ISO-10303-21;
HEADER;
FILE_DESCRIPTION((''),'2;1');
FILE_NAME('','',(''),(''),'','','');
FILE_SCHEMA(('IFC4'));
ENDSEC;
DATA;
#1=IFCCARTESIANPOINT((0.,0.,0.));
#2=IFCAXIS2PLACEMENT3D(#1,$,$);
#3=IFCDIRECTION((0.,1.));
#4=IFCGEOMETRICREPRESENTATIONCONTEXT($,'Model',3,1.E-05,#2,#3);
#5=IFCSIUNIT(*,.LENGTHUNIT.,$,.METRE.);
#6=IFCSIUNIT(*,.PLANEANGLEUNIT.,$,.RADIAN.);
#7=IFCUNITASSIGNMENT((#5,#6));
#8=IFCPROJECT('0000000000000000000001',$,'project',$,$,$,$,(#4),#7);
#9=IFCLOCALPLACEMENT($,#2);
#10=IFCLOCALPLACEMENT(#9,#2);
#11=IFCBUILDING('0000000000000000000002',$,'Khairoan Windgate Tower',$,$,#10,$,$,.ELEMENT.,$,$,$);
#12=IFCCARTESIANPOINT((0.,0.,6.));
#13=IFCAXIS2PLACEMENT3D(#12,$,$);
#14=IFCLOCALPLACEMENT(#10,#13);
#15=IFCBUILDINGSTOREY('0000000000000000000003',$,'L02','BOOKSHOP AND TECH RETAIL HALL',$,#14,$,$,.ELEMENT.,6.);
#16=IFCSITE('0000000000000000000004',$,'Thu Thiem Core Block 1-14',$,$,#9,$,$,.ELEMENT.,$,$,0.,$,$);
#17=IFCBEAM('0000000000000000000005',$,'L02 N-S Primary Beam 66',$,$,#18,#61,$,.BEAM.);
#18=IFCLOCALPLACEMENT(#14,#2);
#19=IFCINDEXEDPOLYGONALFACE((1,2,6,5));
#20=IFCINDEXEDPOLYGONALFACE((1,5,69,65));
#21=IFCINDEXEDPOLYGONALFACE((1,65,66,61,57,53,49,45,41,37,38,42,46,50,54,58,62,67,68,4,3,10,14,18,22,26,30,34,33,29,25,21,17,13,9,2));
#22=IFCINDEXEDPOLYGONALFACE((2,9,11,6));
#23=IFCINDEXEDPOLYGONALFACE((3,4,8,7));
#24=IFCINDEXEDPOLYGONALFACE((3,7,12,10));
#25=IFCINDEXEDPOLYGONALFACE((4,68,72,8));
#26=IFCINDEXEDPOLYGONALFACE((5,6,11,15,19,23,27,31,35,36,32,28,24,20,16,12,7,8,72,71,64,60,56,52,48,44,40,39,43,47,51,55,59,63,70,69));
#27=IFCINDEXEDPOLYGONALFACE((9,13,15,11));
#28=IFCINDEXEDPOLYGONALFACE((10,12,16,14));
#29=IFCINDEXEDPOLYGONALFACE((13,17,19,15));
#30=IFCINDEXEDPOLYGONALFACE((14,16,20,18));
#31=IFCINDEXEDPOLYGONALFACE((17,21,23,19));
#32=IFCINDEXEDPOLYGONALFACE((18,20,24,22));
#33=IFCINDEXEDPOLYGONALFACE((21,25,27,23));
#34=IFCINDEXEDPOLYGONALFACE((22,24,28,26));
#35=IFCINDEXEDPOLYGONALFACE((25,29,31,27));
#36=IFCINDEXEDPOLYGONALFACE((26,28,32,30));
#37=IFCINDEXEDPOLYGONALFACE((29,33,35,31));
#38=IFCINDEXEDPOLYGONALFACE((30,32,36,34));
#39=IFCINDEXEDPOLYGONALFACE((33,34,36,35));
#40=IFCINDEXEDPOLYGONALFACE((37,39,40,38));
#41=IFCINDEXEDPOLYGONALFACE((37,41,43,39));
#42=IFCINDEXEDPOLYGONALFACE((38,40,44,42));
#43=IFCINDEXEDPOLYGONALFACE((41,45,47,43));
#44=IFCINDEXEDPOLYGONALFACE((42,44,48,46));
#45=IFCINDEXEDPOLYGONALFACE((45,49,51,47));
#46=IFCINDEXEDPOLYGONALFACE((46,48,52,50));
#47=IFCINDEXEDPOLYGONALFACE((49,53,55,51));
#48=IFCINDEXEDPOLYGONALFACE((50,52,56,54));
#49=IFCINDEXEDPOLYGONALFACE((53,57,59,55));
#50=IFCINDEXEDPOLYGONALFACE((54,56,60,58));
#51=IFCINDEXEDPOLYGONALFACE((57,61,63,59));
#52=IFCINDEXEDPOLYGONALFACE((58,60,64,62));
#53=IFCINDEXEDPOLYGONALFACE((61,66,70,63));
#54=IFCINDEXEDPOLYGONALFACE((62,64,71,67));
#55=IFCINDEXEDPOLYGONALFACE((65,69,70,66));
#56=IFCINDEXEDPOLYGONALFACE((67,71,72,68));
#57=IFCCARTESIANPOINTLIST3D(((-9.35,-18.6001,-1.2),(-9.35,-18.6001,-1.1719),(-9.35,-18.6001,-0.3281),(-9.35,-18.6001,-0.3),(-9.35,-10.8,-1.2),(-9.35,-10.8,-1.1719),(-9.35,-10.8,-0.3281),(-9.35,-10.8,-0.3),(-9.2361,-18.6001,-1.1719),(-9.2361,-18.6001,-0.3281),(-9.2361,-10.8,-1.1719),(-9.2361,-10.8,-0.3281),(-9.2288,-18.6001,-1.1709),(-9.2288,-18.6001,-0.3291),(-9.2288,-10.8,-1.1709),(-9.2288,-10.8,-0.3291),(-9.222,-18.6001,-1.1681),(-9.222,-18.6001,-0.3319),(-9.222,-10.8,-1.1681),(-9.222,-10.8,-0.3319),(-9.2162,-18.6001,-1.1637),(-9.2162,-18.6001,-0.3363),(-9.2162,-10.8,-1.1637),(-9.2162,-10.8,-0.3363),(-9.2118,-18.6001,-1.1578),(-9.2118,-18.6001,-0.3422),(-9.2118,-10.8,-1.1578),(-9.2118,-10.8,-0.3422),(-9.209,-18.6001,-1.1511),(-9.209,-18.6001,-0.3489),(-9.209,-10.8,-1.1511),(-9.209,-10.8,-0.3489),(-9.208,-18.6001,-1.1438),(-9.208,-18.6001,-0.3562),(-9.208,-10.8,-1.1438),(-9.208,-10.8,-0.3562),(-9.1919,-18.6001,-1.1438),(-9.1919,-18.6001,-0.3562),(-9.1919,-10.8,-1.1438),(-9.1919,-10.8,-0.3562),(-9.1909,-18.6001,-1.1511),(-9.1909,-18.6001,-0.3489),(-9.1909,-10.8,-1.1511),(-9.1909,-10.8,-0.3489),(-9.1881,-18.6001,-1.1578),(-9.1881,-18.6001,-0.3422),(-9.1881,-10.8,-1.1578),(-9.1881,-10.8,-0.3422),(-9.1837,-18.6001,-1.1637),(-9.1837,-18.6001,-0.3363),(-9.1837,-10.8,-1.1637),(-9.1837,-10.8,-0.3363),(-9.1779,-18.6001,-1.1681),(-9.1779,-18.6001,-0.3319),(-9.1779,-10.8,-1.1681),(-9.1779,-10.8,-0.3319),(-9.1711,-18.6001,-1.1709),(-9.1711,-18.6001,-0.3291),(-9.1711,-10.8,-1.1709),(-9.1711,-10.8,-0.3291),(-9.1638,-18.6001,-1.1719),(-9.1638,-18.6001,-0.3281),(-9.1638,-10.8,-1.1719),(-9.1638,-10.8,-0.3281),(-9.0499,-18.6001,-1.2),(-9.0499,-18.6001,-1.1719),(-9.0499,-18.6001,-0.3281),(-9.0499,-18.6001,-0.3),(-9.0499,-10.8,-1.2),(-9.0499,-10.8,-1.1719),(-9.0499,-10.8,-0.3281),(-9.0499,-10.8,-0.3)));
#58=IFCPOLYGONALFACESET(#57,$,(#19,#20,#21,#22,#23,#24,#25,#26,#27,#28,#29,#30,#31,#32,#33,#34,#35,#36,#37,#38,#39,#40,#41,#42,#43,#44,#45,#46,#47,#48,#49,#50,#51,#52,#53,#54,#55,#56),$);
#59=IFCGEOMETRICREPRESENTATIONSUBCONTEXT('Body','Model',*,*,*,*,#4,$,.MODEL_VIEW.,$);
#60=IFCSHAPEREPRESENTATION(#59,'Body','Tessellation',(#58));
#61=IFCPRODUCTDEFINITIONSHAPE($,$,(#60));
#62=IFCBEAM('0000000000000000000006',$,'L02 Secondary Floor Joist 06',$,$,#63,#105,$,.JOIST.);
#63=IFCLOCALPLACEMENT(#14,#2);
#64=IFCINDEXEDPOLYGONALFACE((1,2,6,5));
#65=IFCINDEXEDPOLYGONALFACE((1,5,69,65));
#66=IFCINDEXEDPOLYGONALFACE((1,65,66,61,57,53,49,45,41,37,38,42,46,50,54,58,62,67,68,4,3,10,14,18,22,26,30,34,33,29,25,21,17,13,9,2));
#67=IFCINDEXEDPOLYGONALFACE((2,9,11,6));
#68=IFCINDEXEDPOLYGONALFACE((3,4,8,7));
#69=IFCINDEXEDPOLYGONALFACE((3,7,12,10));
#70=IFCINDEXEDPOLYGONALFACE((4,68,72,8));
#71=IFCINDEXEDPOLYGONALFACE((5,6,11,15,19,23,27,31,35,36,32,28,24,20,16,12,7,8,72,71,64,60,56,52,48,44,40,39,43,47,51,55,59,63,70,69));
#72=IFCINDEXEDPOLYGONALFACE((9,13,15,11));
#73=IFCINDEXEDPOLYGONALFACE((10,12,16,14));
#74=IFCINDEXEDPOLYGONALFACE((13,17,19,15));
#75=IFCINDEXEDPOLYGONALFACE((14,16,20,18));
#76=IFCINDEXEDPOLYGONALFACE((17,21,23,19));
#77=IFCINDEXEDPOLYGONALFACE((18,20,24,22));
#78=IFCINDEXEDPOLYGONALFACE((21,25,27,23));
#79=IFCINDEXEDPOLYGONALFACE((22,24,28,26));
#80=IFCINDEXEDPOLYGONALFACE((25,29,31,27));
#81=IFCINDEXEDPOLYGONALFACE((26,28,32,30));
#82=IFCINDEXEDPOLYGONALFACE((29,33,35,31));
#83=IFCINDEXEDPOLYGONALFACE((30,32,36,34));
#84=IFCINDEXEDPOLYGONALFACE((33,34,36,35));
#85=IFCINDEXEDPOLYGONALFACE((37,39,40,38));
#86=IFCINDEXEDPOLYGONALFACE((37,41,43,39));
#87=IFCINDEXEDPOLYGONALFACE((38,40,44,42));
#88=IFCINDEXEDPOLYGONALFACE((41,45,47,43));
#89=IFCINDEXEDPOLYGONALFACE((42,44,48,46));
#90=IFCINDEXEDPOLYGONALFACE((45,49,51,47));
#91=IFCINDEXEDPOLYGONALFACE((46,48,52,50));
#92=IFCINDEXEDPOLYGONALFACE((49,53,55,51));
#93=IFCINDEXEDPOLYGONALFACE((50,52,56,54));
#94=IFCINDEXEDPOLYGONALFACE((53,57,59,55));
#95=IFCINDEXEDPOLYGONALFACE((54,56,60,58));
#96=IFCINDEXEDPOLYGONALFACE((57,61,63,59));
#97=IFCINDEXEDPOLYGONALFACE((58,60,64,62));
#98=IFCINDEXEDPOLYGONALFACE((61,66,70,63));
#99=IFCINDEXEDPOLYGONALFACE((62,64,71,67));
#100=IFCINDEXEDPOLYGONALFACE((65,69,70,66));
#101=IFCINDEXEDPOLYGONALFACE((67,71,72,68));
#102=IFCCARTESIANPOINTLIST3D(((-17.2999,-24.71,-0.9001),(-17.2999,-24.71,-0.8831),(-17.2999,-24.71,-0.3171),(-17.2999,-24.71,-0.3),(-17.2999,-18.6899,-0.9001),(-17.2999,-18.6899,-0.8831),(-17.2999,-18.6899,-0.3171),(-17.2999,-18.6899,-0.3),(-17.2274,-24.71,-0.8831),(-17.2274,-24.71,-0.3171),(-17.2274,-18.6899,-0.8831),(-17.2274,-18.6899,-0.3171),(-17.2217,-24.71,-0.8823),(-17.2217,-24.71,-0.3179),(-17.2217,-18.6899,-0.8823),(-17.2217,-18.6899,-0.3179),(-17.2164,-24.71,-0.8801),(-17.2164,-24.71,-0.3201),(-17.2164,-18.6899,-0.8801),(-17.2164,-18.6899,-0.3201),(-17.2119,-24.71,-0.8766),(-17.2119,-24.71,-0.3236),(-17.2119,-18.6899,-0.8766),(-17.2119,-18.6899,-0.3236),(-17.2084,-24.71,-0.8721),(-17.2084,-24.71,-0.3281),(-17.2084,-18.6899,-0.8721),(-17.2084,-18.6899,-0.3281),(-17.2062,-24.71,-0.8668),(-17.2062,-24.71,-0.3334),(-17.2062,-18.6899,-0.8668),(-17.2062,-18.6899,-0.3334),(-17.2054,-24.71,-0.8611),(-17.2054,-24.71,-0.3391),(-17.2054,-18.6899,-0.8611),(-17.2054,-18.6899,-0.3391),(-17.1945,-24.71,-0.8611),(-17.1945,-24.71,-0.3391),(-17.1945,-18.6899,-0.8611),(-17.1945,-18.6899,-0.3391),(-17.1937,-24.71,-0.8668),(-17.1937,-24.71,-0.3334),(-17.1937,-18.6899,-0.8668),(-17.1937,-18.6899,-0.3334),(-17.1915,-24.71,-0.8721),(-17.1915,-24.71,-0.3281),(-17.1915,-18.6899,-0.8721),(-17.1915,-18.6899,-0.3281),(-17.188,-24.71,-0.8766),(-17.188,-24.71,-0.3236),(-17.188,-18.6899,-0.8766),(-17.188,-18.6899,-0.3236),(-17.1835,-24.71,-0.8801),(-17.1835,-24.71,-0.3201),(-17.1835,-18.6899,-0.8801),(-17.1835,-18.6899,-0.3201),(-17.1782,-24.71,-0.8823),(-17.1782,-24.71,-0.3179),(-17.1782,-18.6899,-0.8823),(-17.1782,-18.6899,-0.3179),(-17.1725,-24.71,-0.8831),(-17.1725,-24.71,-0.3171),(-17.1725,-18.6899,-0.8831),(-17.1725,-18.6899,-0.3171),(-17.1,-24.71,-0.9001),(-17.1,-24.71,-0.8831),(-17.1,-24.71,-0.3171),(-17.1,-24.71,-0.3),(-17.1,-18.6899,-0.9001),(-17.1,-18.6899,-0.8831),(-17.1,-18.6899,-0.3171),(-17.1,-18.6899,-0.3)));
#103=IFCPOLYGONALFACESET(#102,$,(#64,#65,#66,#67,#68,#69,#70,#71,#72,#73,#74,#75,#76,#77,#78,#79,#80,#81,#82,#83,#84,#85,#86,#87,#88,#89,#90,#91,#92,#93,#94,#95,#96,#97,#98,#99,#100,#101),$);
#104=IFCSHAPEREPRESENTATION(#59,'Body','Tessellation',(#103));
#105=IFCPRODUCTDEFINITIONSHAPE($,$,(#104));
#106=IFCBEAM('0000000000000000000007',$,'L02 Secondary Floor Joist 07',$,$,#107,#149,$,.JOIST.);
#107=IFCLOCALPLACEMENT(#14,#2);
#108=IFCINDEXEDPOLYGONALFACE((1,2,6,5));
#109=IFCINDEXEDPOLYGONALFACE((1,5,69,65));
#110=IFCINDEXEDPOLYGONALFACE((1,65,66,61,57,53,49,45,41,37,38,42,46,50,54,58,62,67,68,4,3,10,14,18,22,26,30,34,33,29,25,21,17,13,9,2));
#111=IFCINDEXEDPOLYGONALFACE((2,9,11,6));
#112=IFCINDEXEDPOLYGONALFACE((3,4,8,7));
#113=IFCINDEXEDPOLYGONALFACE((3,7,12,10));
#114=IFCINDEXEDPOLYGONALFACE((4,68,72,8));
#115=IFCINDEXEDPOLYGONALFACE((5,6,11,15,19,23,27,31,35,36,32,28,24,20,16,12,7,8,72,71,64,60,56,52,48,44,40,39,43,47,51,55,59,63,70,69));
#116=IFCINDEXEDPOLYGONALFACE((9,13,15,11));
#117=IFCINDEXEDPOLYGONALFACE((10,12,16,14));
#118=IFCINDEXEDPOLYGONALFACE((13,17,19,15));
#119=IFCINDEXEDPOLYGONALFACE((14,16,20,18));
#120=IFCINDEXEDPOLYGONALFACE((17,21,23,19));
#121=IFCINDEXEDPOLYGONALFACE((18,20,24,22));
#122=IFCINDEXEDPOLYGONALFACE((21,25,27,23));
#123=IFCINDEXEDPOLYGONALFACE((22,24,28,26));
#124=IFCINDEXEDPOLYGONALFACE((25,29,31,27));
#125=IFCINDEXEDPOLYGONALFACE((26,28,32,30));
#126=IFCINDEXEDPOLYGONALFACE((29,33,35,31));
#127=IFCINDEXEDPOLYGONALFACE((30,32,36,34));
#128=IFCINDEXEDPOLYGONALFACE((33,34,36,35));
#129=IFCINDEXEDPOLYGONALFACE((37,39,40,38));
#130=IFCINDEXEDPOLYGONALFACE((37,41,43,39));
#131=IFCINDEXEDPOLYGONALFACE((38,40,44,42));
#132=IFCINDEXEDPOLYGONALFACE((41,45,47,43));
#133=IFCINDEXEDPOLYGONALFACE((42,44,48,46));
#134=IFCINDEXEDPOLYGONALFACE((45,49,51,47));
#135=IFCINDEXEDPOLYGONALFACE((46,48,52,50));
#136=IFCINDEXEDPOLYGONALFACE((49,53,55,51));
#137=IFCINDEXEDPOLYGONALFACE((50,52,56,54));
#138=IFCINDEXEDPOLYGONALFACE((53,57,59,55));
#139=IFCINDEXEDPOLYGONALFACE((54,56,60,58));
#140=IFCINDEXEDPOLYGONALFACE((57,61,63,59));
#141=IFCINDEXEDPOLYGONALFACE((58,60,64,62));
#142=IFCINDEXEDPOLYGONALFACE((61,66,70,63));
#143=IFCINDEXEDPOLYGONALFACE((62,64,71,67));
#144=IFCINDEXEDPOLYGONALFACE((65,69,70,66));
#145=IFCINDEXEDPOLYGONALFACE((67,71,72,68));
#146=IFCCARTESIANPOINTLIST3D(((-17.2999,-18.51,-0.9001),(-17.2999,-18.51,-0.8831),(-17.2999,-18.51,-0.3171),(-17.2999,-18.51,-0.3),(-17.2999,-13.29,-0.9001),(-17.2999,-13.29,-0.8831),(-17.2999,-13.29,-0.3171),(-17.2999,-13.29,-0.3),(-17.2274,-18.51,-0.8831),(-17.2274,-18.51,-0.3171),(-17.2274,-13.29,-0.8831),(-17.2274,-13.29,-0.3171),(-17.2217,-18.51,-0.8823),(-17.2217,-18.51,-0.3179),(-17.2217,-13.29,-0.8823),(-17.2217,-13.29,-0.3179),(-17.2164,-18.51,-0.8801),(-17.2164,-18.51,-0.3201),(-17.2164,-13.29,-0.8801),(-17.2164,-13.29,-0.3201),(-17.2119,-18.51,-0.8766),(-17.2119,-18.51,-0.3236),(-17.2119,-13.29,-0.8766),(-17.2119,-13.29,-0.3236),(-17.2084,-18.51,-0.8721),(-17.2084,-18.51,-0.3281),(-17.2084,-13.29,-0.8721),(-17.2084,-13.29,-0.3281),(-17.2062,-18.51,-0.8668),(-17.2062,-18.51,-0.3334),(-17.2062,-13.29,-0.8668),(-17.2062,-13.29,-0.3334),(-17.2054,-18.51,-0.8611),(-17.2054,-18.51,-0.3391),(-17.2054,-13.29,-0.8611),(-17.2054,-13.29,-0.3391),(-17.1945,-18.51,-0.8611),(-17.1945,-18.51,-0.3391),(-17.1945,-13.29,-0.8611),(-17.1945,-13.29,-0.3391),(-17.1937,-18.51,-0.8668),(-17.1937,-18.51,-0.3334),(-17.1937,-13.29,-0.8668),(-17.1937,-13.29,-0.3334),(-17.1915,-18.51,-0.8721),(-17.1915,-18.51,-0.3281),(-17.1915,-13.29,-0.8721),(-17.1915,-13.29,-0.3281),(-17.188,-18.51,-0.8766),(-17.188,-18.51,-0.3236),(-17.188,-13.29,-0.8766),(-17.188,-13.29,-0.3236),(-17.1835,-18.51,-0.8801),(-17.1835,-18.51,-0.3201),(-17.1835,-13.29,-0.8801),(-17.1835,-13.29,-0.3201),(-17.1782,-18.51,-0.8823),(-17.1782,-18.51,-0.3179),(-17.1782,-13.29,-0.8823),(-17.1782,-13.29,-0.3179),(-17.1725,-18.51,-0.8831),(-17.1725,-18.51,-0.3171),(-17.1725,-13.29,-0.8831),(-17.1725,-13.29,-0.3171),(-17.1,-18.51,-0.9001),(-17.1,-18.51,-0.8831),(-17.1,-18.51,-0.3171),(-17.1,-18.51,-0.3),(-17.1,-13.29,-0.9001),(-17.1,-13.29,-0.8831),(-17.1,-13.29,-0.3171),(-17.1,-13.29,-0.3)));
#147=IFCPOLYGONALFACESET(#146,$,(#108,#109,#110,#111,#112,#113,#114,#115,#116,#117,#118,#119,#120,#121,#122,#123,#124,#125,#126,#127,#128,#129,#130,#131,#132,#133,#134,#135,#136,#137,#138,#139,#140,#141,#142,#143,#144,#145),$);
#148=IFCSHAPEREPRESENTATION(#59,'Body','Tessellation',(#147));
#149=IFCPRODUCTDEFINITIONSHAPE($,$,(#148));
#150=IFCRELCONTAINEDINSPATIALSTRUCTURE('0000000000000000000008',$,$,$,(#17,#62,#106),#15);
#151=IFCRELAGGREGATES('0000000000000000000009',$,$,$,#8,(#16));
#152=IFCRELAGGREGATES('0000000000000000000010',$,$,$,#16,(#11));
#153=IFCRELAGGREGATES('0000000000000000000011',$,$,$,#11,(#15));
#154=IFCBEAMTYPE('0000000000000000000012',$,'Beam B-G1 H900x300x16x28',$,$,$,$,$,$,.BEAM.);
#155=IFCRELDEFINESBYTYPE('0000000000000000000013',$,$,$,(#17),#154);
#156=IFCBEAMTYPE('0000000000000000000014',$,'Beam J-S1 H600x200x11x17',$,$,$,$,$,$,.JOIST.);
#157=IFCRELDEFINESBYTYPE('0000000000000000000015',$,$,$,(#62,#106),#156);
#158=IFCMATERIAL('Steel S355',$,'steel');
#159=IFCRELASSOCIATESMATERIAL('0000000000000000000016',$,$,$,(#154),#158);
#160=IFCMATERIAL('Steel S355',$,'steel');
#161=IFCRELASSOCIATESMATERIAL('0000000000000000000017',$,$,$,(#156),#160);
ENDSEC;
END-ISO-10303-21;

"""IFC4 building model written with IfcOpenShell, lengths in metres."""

from ifc_helpers import new_model, si_unit, direction, frame, origin, origin_2d, place, context, subcontext, project, spatial, i_section, extrude, material, material_profile, profile_set, type_object, element, save


model = new_model("IFC4")

# Units and contexts
model_context = context("Model", 3, precision=1e-05, world=origin(), true_north=direction((0.0, 1.0)))
body_context = subcontext(model_context, "Body", "Model", "MODEL_VIEW")
ifc_project = project(units=[si_unit("LENGTHUNIT", "METRE"), si_unit("PLANEANGLEUNIT", "RADIAN")], contexts=[model_context])

# Site, building, storey
site_placement = place(None, origin())
site = spatial("IfcSite", under=ifc_project, at=site_placement, Name="Thu Thiem Core Block 1-14", CompositionType="ELEMENT", RefElevation=0.0)
building_placement = place(site_placement, origin())
building = spatial("IfcBuilding", under=site, at=building_placement, Name="Khairoan Windgate Tower", CompositionType="ELEMENT")
storey_placement = place(building_placement, frame((0.0, 0.0, 6.0)))
storey = spatial("IfcBuildingStorey", under=building, at=storey_placement, Name="L02", Description="BOOKSHOP AND TECH RETAIL HALL", CompositionType="ELEMENT", Elevation=6.0)

# Beams
ifc_material_1 = material(Name="Steel S355", Category="steel")
ifc_material_profile_1 = material_profile(ifc_material_1, i_section(OverallWidth=0.3, OverallDepth=0.8999, WebThickness=0.0161, FlangeThickness=0.0281, FilletRadius=0.0281, at=origin_2d()))
ifc_profile_set_1 = profile_set([ifc_material_profile_1], Name="Steel S355")
beam_type_1 = type_object("IfcBeamType", Name="Beam B-G1 H900x300x16x28", PredefinedType="BEAM", material=ifc_profile_set_1)
beam_1_placement = place(storey_placement, frame((-9.2, -18.6001, -0.75), z_axis=(0.0, 1.0, 0.0), x_axis=(-1.0, 0.0, 0.0)))
element("IfcBeam", 1, at=beam_1_placement, inside=storey, type_object=beam_type_1, Name="L02 N-S Primary Beam 66", PredefinedType="BEAM", context=body_context, shape_type="SweptSolid", body=[
    extrude(i_section(OverallWidth=0.3, OverallDepth=0.8999, WebThickness=0.0161, FlangeThickness=0.0281, FilletRadius=0.0281, at=origin_2d()), origin(), (0.0, 0.0, 1.0), 7.8),
])
ifc_material_2 = material(Name="Steel S355", Category="steel")
ifc_material_profile_2 = material_profile(ifc_material_2, i_section(OverallWidth=0.2, OverallDepth=0.6001, WebThickness=0.011, FlangeThickness=0.0171, FilletRadius=0.022, at=origin_2d()))
ifc_profile_set_2 = profile_set([ifc_material_profile_2], Name="Steel S355")
beam_type_2 = type_object("IfcBeamType", Name="Beam J-S1 H600x200x11x17", PredefinedType="JOIST", material=ifc_profile_set_2)
beam_2_placement = place(storey_placement, frame((-17.2, -24.71, -0.6001), z_axis=(0.0, 1.0, 0.0), x_axis=(-1.0, 0.0, 0.0)))
element("IfcBeam", 2, at=beam_2_placement, inside=storey, type_object=beam_type_2, Name="L02 Secondary Floor Joist 06", PredefinedType="JOIST", context=body_context, shape_type="SweptSolid", body=[
    extrude(i_section(OverallWidth=0.2, OverallDepth=0.6001, WebThickness=0.011, FlangeThickness=0.0171, FilletRadius=0.022, at=origin_2d()), origin(), (0.0, 0.0, 1.0), 6.02),
])
beam_3_placement = place(storey_placement, frame((-17.2, -18.51, -0.6001), z_axis=(0.0, 1.0, 0.0), x_axis=(-1.0, 0.0, 0.0)))
element("IfcBeam", 3, at=beam_3_placement, inside=storey, type_object=beam_type_2, Name="L02 Secondary Floor Joist 07", PredefinedType="JOIST", context=body_context, shape_type="SweptSolid", body=[
    extrude(i_section(OverallWidth=0.2, OverallDepth=0.6001, WebThickness=0.011, FlangeThickness=0.0171, FilletRadius=0.022, at=origin_2d()), origin(), (0.0, 0.0, 1.0), 5.22),
])

save(model, "model.ifc")
